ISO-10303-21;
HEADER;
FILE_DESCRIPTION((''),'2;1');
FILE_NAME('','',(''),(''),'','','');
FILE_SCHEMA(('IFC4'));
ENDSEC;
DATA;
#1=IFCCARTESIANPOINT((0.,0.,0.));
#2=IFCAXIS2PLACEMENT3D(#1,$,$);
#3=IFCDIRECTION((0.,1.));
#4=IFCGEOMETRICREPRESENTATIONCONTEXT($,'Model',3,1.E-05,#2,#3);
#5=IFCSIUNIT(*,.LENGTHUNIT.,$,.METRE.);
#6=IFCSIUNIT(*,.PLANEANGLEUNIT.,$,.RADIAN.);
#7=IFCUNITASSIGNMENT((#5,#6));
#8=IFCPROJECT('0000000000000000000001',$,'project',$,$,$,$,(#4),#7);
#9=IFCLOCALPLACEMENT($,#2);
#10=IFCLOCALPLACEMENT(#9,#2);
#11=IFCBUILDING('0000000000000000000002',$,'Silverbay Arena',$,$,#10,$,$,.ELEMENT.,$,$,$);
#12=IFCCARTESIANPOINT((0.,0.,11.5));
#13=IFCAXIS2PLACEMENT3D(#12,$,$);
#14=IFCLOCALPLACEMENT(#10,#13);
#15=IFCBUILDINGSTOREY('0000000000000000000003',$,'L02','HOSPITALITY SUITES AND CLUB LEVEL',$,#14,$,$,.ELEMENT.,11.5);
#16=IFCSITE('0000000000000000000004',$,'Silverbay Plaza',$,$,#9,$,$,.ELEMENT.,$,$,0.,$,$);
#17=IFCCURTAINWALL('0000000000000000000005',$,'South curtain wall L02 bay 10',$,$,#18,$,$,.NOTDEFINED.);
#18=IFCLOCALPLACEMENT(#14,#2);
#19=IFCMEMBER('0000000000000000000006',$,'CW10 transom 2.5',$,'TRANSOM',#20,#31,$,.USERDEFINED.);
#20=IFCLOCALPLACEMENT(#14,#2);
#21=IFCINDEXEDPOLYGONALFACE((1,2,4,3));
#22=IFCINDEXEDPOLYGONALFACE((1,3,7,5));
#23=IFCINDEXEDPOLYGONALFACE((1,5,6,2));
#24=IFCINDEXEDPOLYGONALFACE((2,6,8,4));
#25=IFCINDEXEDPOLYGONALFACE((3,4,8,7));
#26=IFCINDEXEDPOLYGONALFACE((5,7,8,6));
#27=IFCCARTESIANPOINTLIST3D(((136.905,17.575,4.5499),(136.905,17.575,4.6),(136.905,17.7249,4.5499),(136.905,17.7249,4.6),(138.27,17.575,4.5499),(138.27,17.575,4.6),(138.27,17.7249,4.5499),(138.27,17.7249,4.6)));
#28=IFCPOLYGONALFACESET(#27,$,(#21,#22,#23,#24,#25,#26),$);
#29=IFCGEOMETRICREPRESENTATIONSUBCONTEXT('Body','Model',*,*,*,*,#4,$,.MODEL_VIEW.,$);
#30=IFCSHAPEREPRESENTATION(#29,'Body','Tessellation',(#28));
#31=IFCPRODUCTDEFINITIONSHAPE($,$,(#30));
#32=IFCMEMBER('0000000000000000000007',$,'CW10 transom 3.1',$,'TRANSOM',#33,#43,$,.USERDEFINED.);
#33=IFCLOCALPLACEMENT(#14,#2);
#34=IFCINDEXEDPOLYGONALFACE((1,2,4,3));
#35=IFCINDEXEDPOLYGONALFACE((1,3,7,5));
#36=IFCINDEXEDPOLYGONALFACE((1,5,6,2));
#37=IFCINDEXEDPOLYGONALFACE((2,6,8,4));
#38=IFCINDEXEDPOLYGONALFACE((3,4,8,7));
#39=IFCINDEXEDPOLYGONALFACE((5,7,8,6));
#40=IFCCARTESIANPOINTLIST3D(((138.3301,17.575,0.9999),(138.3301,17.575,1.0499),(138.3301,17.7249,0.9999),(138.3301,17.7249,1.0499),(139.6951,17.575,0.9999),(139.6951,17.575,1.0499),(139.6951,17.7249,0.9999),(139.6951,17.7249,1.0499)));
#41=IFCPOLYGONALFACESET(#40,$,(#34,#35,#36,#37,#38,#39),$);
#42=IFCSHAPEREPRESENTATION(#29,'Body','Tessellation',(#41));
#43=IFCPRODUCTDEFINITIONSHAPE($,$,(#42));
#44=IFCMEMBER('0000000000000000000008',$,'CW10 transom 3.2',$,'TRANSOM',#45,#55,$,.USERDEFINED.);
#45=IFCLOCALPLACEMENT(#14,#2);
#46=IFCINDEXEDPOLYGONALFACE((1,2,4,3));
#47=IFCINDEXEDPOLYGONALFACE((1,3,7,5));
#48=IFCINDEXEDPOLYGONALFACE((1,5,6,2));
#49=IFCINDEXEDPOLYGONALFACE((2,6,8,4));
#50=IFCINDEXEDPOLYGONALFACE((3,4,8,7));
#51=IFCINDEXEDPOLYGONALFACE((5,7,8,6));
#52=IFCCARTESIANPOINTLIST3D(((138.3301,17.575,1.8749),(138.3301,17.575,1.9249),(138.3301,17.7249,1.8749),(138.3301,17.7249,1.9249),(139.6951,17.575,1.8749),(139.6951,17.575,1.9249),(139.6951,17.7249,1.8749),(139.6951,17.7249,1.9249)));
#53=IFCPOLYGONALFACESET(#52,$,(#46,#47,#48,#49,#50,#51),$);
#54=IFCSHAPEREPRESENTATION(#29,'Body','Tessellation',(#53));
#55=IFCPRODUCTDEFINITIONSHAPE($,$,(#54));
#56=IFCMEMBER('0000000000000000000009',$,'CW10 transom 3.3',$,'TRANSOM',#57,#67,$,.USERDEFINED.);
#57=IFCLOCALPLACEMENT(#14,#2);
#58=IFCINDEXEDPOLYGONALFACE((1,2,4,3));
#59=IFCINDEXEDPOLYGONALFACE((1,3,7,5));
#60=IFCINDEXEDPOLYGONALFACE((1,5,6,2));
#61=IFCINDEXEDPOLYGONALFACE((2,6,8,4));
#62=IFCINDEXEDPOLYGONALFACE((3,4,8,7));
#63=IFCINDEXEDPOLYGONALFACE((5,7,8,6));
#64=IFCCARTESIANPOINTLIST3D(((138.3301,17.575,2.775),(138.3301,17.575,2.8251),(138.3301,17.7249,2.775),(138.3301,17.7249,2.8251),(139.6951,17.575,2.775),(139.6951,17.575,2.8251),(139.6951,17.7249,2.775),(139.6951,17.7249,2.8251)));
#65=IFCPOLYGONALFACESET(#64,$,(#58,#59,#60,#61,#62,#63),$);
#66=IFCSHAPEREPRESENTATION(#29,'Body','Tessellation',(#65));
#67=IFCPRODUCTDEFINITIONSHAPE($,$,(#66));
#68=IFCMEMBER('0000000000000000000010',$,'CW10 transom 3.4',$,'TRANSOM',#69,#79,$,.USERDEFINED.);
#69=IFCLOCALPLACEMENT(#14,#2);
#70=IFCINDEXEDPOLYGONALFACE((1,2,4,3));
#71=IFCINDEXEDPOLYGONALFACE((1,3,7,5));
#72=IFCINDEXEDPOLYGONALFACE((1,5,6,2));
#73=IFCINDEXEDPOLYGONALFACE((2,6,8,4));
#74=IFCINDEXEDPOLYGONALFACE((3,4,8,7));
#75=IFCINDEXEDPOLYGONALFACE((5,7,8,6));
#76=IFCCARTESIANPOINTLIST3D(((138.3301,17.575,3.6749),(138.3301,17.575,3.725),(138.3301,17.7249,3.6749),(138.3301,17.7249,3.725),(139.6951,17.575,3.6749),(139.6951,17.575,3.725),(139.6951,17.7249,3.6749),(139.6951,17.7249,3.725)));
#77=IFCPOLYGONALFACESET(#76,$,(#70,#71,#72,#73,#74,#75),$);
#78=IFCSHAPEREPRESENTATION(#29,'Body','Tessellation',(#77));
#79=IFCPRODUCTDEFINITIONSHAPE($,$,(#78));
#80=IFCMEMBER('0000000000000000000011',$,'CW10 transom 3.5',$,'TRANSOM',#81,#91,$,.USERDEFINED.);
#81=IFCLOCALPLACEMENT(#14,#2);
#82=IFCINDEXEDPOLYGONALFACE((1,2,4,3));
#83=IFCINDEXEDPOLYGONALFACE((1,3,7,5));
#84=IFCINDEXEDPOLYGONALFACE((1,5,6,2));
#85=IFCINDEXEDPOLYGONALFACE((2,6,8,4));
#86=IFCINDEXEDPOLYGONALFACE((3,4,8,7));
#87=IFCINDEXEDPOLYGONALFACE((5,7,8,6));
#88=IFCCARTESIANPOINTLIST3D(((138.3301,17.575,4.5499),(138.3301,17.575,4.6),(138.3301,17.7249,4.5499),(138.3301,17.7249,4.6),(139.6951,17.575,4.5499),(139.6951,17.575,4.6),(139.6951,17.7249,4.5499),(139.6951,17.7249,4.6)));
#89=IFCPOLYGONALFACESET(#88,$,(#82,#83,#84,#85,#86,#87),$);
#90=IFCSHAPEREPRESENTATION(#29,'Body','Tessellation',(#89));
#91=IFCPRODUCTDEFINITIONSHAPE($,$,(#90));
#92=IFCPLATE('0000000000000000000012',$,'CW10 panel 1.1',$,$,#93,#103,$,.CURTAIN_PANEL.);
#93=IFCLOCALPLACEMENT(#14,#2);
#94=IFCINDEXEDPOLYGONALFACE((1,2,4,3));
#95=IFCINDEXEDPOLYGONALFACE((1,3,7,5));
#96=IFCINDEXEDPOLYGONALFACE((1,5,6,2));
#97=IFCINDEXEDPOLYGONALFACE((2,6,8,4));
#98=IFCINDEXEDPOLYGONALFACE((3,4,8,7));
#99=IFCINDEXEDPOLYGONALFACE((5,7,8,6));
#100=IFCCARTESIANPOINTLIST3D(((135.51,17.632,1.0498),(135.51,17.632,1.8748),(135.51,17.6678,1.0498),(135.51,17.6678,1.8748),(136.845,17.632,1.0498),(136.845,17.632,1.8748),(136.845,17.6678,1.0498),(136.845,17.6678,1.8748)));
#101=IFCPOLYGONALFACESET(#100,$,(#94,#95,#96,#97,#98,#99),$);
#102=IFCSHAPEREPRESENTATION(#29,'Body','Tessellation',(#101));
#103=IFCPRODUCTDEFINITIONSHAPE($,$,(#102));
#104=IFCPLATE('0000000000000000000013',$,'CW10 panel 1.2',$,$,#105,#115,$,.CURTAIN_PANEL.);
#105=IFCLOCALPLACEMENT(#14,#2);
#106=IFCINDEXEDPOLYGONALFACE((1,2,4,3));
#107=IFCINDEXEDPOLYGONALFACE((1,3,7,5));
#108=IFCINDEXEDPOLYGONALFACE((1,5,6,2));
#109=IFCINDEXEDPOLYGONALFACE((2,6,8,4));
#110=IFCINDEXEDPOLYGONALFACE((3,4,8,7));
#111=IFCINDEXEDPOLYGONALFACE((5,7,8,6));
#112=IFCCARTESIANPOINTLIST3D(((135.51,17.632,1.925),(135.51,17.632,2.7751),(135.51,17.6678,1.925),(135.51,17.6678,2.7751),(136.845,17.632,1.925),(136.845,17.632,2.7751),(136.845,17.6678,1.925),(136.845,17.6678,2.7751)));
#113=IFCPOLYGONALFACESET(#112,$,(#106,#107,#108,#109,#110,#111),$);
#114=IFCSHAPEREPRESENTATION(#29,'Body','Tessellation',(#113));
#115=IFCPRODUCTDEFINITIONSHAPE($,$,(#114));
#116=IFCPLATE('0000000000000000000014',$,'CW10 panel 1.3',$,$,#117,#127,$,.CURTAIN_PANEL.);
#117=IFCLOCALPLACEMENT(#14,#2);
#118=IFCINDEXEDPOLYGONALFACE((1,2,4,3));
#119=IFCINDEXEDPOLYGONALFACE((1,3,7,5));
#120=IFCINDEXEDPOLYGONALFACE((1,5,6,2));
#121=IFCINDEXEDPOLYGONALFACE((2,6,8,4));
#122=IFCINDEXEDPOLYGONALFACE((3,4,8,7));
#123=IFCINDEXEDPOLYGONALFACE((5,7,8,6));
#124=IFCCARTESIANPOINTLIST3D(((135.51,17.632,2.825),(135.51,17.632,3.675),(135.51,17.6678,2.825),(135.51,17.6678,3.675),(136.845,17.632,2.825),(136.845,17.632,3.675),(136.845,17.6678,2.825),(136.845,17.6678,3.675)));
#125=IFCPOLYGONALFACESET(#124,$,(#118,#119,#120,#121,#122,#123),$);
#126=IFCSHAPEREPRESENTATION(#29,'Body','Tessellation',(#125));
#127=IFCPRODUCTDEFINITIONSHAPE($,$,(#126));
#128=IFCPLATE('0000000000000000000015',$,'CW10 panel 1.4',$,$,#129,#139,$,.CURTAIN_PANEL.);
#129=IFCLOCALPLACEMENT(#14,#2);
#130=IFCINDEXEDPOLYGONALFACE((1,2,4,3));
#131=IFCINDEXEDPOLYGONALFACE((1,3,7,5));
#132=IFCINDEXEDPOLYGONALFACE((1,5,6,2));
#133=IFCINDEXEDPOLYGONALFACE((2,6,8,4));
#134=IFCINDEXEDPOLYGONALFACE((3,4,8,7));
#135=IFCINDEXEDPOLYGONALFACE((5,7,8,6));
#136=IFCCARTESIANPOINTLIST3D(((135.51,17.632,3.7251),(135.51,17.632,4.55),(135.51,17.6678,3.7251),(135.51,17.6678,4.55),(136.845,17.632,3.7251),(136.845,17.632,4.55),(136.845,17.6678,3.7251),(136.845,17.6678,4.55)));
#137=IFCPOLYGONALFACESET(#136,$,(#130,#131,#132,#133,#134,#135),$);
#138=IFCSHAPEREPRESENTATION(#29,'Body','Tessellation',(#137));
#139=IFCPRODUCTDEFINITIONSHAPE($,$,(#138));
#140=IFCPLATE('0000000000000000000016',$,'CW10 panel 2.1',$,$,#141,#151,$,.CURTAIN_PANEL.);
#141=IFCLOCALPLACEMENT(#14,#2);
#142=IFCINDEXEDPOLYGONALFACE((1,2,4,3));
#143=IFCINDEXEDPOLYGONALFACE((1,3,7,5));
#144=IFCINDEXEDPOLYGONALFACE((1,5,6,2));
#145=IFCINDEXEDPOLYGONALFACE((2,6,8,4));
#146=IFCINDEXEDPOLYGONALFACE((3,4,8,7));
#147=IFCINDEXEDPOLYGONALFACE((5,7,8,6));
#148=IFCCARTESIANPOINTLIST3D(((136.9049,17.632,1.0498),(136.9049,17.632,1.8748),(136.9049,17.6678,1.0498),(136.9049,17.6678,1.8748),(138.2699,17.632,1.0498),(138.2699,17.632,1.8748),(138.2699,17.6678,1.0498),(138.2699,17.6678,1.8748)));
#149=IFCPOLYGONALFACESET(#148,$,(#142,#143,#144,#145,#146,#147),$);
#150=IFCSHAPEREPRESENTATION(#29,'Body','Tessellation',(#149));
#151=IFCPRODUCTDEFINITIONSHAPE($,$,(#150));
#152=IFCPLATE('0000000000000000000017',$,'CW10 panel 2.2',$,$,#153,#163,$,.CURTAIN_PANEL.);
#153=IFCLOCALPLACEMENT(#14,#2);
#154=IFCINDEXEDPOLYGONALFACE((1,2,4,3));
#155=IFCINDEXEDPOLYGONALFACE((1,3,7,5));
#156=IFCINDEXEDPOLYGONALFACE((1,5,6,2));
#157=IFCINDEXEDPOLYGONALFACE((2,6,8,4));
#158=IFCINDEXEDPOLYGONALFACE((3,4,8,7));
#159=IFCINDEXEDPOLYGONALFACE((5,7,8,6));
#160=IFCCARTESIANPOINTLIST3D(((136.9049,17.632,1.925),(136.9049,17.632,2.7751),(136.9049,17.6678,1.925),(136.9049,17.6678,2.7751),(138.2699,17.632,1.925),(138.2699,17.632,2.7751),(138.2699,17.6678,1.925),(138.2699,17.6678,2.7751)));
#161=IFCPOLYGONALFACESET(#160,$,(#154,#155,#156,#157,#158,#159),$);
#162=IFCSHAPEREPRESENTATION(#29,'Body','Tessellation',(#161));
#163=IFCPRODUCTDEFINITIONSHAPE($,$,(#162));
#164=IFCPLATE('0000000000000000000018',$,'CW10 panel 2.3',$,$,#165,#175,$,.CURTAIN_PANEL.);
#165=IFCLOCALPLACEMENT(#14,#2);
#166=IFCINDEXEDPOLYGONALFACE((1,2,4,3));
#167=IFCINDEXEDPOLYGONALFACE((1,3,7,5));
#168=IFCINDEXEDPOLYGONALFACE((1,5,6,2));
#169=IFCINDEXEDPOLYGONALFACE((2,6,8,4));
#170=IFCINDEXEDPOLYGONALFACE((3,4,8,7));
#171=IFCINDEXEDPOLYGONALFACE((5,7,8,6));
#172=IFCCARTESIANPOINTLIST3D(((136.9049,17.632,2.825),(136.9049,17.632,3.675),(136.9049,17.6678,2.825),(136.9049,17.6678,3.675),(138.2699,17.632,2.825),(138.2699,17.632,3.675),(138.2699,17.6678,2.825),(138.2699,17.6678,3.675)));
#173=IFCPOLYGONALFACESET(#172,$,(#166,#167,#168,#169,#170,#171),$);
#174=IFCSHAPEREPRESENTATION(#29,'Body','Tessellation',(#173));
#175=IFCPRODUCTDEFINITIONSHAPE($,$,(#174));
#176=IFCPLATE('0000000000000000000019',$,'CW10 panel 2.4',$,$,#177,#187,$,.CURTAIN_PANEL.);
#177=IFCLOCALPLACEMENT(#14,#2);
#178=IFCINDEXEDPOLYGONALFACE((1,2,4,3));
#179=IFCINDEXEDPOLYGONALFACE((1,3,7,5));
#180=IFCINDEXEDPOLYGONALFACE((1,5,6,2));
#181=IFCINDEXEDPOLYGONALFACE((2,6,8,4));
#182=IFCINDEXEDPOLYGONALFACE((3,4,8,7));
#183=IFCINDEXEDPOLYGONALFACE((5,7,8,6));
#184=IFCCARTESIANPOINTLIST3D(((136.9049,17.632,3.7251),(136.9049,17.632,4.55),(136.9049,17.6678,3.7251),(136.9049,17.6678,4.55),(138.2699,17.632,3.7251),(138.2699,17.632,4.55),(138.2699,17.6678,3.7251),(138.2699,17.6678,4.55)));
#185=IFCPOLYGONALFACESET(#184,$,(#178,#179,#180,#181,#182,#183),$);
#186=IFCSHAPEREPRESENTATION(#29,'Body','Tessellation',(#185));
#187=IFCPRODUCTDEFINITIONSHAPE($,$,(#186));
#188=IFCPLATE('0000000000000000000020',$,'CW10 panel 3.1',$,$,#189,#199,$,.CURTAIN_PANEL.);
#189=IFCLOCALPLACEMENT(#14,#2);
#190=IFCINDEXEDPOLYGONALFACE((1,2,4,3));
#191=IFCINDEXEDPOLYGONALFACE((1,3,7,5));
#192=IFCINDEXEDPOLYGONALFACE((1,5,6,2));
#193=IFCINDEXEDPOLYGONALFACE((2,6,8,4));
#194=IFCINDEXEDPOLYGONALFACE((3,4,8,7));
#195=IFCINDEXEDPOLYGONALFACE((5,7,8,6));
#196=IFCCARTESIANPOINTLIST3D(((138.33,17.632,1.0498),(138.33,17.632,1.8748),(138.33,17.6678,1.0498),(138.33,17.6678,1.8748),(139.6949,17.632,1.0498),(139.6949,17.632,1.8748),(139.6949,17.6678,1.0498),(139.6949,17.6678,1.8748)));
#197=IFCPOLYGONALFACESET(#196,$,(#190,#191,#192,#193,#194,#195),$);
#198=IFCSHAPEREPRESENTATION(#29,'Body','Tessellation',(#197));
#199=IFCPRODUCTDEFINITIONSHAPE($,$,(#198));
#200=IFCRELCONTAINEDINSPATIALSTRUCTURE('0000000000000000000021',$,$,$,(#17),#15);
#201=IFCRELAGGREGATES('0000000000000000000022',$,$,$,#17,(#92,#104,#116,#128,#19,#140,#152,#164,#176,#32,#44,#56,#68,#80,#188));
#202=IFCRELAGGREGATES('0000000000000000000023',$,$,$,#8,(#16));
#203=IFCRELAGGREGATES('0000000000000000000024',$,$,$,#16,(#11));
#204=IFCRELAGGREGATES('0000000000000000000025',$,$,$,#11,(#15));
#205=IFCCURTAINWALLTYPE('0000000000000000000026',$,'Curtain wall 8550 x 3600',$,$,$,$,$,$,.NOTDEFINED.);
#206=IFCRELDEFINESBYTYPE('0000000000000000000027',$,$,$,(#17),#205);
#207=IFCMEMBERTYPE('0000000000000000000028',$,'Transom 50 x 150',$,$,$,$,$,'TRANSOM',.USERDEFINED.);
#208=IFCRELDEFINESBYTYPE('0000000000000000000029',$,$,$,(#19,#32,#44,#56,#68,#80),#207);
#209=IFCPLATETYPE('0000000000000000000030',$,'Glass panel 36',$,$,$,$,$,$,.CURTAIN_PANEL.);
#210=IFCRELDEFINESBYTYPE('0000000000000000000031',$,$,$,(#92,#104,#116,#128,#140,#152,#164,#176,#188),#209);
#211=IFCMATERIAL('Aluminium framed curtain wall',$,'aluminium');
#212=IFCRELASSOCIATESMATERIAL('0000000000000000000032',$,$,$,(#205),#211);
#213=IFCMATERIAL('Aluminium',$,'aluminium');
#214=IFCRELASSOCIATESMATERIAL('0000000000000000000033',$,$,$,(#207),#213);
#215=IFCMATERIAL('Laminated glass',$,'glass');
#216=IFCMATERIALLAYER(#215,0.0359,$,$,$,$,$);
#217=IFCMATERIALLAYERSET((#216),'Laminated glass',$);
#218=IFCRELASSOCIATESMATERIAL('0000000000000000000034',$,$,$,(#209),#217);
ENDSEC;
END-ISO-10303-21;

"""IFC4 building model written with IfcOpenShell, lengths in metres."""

from ifc_helpers import new_model, si_unit, direction, frame, origin, origin_2d, place, context, subcontext, project, spatial, rectangle, extrude, material, layer, layer_set, material_profile, profile_set, type_object, element, aggregate, save


model = new_model("IFC4")

# Units and contexts
model_context = context("Model", 3, precision=1e-05, world=origin(), true_north=direction((0.0, 1.0)))
body_context = subcontext(model_context, "Body", "Model", "MODEL_VIEW")
ifc_project = project(units=[si_unit("LENGTHUNIT", "METRE"), si_unit("PLANEANGLEUNIT", "RADIAN")], contexts=[model_context])

# Site, building, storey
site_placement = place(None, origin())
site = spatial("IfcSite", under=ifc_project, at=site_placement, Name="Silverbay Plaza", CompositionType="ELEMENT", RefElevation=0.0)
building_placement = place(site_placement, origin())
building = spatial("IfcBuilding", under=site, at=building_placement, Name="Silverbay Arena", CompositionType="ELEMENT")
storey_placement = place(building_placement, frame((0.0, 0.0, 11.5)))
storey = spatial("IfcBuildingStorey", under=building, at=storey_placement, Name="L02", Description="HOSPITALITY SUITES AND CLUB LEVEL", CompositionType="ELEMENT", Elevation=11.5)

# Curtain wall
ifc_material_1 = material(Name="Aluminium framed curtain wall", Category="aluminium")
curtain_wall_type = type_object("IfcCurtainWallType", Name="Curtain wall 8550 x 3600", PredefinedType="NOTDEFINED", material=ifc_material_1)
curtain_wall_placement = place(storey_placement, origin())
curtain_wall = element("IfcCurtainWall", 1, at=curtain_wall_placement, inside=storey, type_object=curtain_wall_type, Name="South curtain wall L02 bay 10", PredefinedType="NOTDEFINED")

# Members
ifc_material_2 = material(Name="Aluminium", Category="aluminium")
ifc_material_profile_1 = material_profile(ifc_material_2, rectangle(XDim=0.1499, YDim=0.05, at=origin_2d()), Name="Transom 50 x 150")
ifc_profile_set_1 = profile_set([ifc_material_profile_1], Name="Aluminium")
member_type_1 = type_object("IfcMemberType", Name="Transom 50 x 150", ElementType="TRANSOM", PredefinedType="USERDEFINED", material=ifc_profile_set_1)
member_1_placement = place(storey_placement, frame((136.905, 17.6499, 4.575), z_axis=(1.0, 0.0, 0.0), x_axis=(0.0, 1.0, 0.0)))
member_1 = element("IfcMember", 2, at=member_1_placement, type_object=member_type_1, Name="CW10 transom 2.5", ObjectType="TRANSOM", PredefinedType="USERDEFINED", context=body_context, shape_type="SweptSolid", body=[
    extrude(rectangle(XDim=0.1499, YDim=0.05, at=origin_2d()), origin(), (0.0, 0.0, 1.0), 1.365),
])
member_2_placement = place(storey_placement, frame((138.3301, 17.6499, 1.0249), z_axis=(1.0, 0.0, 0.0), x_axis=(0.0, 1.0, 0.0)))
member_2 = element("IfcMember", 3, at=member_2_placement, type_object=member_type_1, Name="CW10 transom 3.1", ObjectType="TRANSOM", PredefinedType="USERDEFINED", context=body_context, shape_type="SweptSolid", body=[
    extrude(rectangle(XDim=0.1499, YDim=0.05, at=origin_2d()), origin(), (0.0, 0.0, 1.0), 1.365),
])
member_3_placement = place(storey_placement, frame((138.3301, 17.6499, 1.8999), z_axis=(1.0, 0.0, 0.0), x_axis=(0.0, 1.0, 0.0)))
member_3 = element("IfcMember", 4, at=member_3_placement, type_object=member_type_1, Name="CW10 transom 3.2", ObjectType="TRANSOM", PredefinedType="USERDEFINED", context=body_context, shape_type="SweptSolid", body=[
    extrude(rectangle(XDim=0.1499, YDim=0.05, at=origin_2d()), origin(), (0.0, 0.0, 1.0), 1.365),
])
member_4_placement = place(storey_placement, frame((138.3301, 17.6499, 2.8), z_axis=(1.0, 0.0, 0.0), x_axis=(0.0, 1.0, 0.0)))
member_4 = element("IfcMember", 5, at=member_4_placement, type_object=member_type_1, Name="CW10 transom 3.3", ObjectType="TRANSOM", PredefinedType="USERDEFINED", context=body_context, shape_type="SweptSolid", body=[
    extrude(rectangle(XDim=0.1499, YDim=0.05, at=origin_2d()), origin(), (0.0, 0.0, 1.0), 1.365),
])
member_5_placement = place(storey_placement, frame((138.3301, 17.6499, 3.7), z_axis=(1.0, 0.0, 0.0), x_axis=(0.0, 1.0, 0.0)))
member_5 = element("IfcMember", 6, at=member_5_placement, type_object=member_type_1, Name="CW10 transom 3.4", ObjectType="TRANSOM", PredefinedType="USERDEFINED", context=body_context, shape_type="SweptSolid", body=[
    extrude(rectangle(XDim=0.1499, YDim=0.05, at=origin_2d()), origin(), (0.0, 0.0, 1.0), 1.365),
])
member_6_placement = place(storey_placement, frame((138.3301, 17.6499, 4.575), z_axis=(1.0, 0.0, 0.0), x_axis=(0.0, 1.0, 0.0)))
member_6 = element("IfcMember", 7, at=member_6_placement, type_object=member_type_1, Name="CW10 transom 3.5", ObjectType="TRANSOM", PredefinedType="USERDEFINED", context=body_context, shape_type="SweptSolid", body=[
    extrude(rectangle(XDim=0.1499, YDim=0.05, at=origin_2d()), origin(), (0.0, 0.0, 1.0), 1.365),
])

# Plates
ifc_material_3 = material(Name="Laminated glass", Category="glass")
ifc_layer = layer(ifc_material_3, 0.0359)
ifc_layer_set = layer_set([ifc_layer], Name="Laminated glass")
plate_type = type_object("IfcPlateType", Name="Glass panel 36", PredefinedType="CURTAIN_PANEL", material=ifc_layer_set)
plate_1_placement = place(storey_placement, frame((136.1775, 17.6499, 1.0498), z_axis=(0.0, 0.0, 1.0), x_axis=(1.0, 0.0, 0.0)))
plate_1 = element("IfcPlate", 8, at=plate_1_placement, type_object=plate_type, Name="CW10 panel 1.1", PredefinedType="CURTAIN_PANEL", context=body_context, shape_type="SweptSolid", body=[
    extrude(rectangle(XDim=1.335, YDim=0.0359, at=origin_2d()), origin(), (0.0, 0.0, 1.0), 0.825),
])
plate_2_placement = place(storey_placement, frame((136.1775, 17.6499, 1.925), z_axis=(0.0, 0.0, 1.0), x_axis=(1.0, 0.0, 0.0)))
plate_2 = element("IfcPlate", 9, at=plate_2_placement, type_object=plate_type, Name="CW10 panel 1.2", PredefinedType="CURTAIN_PANEL", context=body_context, shape_type="SweptSolid", body=[
    extrude(rectangle(XDim=1.335, YDim=0.0359, at=origin_2d()), origin(), (0.0, 0.0, 1.0), 0.8501),
])
plate_3_placement = place(storey_placement, frame((136.1775, 17.6499, 2.825), z_axis=(0.0, 0.0, 1.0), x_axis=(1.0, 0.0, 0.0)))
plate_3 = element("IfcPlate", 10, at=plate_3_placement, type_object=plate_type, Name="CW10 panel 1.3", PredefinedType="CURTAIN_PANEL", context=body_context, shape_type="SweptSolid", body=[
    extrude(rectangle(XDim=1.335, YDim=0.0359, at=origin_2d()), origin(), (0.0, 0.0, 1.0), 0.8501),
])
plate_4_placement = place(storey_placement, frame((136.1775, 17.6499, 3.7251), z_axis=(0.0, 0.0, 1.0), x_axis=(1.0, 0.0, 0.0)))
plate_4 = element("IfcPlate", 11, at=plate_4_placement, type_object=plate_type, Name="CW10 panel 1.4", PredefinedType="CURTAIN_PANEL", context=body_context, shape_type="SweptSolid", body=[
    extrude(rectangle(XDim=1.335, YDim=0.0359, at=origin_2d()), origin(), (0.0, 0.0, 1.0), 0.825),
])
plate_5_placement = place(storey_placement, frame((137.5874, 17.6499, 1.0498), z_axis=(0.0, 0.0, 1.0), x_axis=(1.0, 0.0, 0.0)))
plate_5 = element("IfcPlate", 12, at=plate_5_placement, type_object=plate_type, Name="CW10 panel 2.1", PredefinedType="CURTAIN_PANEL", context=body_context, shape_type="SweptSolid", body=[
    extrude(rectangle(XDim=1.365, YDim=0.0359, at=origin_2d()), origin(), (0.0, 0.0, 1.0), 0.825),
])
plate_6_placement = place(storey_placement, frame((137.5874, 17.6499, 1.925), z_axis=(0.0, 0.0, 1.0), x_axis=(1.0, 0.0, 0.0)))
plate_6 = element("IfcPlate", 13, at=plate_6_placement, type_object=plate_type, Name="CW10 panel 2.2", PredefinedType="CURTAIN_PANEL", context=body_context, shape_type="SweptSolid", body=[
    extrude(rectangle(XDim=1.365, YDim=0.0359, at=origin_2d()), origin(), (0.0, 0.0, 1.0), 0.8501),
])
plate_7_placement = place(storey_placement, frame((137.5874, 17.6499, 2.825), z_axis=(0.0, 0.0, 1.0), x_axis=(1.0, 0.0, 0.0)))
plate_7 = element("IfcPlate", 14, at=plate_7_placement, type_object=plate_type, Name="CW10 panel 2.3", PredefinedType="CURTAIN_PANEL", context=body_context, shape_type="SweptSolid", body=[
    extrude(rectangle(XDim=1.365, YDim=0.0359, at=origin_2d()), origin(), (0.0, 0.0, 1.0), 0.8501),
])
plate_8_placement = place(storey_placement, frame((137.5874, 17.6499, 3.7251), z_axis=(0.0, 0.0, 1.0), x_axis=(1.0, 0.0, 0.0)))
plate_8 = element("IfcPlate", 15, at=plate_8_placement, type_object=plate_type, Name="CW10 panel 2.4", PredefinedType="CURTAIN_PANEL", context=body_context, shape_type="SweptSolid", body=[
    extrude(rectangle(XDim=1.365, YDim=0.0359, at=origin_2d()), origin(), (0.0, 0.0, 1.0), 0.825),
])
plate_9_placement = place(storey_placement, frame((139.0125, 17.6499, 1.0498), z_axis=(0.0, 0.0, 1.0), x_axis=(1.0, 0.0, 0.0)))
plate_9 = element("IfcPlate", 16, at=plate_9_placement, type_object=plate_type, Name="CW10 panel 3.1", PredefinedType="CURTAIN_PANEL", context=body_context, shape_type="SweptSolid", body=[
    extrude(rectangle(XDim=1.365, YDim=0.0359, at=origin_2d()), origin(), (0.0, 0.0, 1.0), 0.825),
])
aggregate(curtain_wall, [plate_1, plate_2, plate_3, plate_4, member_1, plate_5, plate_6, plate_7, plate_8, member_2, member_3, member_4, member_5, member_6, plate_9])

save(model, "model.ifc")
